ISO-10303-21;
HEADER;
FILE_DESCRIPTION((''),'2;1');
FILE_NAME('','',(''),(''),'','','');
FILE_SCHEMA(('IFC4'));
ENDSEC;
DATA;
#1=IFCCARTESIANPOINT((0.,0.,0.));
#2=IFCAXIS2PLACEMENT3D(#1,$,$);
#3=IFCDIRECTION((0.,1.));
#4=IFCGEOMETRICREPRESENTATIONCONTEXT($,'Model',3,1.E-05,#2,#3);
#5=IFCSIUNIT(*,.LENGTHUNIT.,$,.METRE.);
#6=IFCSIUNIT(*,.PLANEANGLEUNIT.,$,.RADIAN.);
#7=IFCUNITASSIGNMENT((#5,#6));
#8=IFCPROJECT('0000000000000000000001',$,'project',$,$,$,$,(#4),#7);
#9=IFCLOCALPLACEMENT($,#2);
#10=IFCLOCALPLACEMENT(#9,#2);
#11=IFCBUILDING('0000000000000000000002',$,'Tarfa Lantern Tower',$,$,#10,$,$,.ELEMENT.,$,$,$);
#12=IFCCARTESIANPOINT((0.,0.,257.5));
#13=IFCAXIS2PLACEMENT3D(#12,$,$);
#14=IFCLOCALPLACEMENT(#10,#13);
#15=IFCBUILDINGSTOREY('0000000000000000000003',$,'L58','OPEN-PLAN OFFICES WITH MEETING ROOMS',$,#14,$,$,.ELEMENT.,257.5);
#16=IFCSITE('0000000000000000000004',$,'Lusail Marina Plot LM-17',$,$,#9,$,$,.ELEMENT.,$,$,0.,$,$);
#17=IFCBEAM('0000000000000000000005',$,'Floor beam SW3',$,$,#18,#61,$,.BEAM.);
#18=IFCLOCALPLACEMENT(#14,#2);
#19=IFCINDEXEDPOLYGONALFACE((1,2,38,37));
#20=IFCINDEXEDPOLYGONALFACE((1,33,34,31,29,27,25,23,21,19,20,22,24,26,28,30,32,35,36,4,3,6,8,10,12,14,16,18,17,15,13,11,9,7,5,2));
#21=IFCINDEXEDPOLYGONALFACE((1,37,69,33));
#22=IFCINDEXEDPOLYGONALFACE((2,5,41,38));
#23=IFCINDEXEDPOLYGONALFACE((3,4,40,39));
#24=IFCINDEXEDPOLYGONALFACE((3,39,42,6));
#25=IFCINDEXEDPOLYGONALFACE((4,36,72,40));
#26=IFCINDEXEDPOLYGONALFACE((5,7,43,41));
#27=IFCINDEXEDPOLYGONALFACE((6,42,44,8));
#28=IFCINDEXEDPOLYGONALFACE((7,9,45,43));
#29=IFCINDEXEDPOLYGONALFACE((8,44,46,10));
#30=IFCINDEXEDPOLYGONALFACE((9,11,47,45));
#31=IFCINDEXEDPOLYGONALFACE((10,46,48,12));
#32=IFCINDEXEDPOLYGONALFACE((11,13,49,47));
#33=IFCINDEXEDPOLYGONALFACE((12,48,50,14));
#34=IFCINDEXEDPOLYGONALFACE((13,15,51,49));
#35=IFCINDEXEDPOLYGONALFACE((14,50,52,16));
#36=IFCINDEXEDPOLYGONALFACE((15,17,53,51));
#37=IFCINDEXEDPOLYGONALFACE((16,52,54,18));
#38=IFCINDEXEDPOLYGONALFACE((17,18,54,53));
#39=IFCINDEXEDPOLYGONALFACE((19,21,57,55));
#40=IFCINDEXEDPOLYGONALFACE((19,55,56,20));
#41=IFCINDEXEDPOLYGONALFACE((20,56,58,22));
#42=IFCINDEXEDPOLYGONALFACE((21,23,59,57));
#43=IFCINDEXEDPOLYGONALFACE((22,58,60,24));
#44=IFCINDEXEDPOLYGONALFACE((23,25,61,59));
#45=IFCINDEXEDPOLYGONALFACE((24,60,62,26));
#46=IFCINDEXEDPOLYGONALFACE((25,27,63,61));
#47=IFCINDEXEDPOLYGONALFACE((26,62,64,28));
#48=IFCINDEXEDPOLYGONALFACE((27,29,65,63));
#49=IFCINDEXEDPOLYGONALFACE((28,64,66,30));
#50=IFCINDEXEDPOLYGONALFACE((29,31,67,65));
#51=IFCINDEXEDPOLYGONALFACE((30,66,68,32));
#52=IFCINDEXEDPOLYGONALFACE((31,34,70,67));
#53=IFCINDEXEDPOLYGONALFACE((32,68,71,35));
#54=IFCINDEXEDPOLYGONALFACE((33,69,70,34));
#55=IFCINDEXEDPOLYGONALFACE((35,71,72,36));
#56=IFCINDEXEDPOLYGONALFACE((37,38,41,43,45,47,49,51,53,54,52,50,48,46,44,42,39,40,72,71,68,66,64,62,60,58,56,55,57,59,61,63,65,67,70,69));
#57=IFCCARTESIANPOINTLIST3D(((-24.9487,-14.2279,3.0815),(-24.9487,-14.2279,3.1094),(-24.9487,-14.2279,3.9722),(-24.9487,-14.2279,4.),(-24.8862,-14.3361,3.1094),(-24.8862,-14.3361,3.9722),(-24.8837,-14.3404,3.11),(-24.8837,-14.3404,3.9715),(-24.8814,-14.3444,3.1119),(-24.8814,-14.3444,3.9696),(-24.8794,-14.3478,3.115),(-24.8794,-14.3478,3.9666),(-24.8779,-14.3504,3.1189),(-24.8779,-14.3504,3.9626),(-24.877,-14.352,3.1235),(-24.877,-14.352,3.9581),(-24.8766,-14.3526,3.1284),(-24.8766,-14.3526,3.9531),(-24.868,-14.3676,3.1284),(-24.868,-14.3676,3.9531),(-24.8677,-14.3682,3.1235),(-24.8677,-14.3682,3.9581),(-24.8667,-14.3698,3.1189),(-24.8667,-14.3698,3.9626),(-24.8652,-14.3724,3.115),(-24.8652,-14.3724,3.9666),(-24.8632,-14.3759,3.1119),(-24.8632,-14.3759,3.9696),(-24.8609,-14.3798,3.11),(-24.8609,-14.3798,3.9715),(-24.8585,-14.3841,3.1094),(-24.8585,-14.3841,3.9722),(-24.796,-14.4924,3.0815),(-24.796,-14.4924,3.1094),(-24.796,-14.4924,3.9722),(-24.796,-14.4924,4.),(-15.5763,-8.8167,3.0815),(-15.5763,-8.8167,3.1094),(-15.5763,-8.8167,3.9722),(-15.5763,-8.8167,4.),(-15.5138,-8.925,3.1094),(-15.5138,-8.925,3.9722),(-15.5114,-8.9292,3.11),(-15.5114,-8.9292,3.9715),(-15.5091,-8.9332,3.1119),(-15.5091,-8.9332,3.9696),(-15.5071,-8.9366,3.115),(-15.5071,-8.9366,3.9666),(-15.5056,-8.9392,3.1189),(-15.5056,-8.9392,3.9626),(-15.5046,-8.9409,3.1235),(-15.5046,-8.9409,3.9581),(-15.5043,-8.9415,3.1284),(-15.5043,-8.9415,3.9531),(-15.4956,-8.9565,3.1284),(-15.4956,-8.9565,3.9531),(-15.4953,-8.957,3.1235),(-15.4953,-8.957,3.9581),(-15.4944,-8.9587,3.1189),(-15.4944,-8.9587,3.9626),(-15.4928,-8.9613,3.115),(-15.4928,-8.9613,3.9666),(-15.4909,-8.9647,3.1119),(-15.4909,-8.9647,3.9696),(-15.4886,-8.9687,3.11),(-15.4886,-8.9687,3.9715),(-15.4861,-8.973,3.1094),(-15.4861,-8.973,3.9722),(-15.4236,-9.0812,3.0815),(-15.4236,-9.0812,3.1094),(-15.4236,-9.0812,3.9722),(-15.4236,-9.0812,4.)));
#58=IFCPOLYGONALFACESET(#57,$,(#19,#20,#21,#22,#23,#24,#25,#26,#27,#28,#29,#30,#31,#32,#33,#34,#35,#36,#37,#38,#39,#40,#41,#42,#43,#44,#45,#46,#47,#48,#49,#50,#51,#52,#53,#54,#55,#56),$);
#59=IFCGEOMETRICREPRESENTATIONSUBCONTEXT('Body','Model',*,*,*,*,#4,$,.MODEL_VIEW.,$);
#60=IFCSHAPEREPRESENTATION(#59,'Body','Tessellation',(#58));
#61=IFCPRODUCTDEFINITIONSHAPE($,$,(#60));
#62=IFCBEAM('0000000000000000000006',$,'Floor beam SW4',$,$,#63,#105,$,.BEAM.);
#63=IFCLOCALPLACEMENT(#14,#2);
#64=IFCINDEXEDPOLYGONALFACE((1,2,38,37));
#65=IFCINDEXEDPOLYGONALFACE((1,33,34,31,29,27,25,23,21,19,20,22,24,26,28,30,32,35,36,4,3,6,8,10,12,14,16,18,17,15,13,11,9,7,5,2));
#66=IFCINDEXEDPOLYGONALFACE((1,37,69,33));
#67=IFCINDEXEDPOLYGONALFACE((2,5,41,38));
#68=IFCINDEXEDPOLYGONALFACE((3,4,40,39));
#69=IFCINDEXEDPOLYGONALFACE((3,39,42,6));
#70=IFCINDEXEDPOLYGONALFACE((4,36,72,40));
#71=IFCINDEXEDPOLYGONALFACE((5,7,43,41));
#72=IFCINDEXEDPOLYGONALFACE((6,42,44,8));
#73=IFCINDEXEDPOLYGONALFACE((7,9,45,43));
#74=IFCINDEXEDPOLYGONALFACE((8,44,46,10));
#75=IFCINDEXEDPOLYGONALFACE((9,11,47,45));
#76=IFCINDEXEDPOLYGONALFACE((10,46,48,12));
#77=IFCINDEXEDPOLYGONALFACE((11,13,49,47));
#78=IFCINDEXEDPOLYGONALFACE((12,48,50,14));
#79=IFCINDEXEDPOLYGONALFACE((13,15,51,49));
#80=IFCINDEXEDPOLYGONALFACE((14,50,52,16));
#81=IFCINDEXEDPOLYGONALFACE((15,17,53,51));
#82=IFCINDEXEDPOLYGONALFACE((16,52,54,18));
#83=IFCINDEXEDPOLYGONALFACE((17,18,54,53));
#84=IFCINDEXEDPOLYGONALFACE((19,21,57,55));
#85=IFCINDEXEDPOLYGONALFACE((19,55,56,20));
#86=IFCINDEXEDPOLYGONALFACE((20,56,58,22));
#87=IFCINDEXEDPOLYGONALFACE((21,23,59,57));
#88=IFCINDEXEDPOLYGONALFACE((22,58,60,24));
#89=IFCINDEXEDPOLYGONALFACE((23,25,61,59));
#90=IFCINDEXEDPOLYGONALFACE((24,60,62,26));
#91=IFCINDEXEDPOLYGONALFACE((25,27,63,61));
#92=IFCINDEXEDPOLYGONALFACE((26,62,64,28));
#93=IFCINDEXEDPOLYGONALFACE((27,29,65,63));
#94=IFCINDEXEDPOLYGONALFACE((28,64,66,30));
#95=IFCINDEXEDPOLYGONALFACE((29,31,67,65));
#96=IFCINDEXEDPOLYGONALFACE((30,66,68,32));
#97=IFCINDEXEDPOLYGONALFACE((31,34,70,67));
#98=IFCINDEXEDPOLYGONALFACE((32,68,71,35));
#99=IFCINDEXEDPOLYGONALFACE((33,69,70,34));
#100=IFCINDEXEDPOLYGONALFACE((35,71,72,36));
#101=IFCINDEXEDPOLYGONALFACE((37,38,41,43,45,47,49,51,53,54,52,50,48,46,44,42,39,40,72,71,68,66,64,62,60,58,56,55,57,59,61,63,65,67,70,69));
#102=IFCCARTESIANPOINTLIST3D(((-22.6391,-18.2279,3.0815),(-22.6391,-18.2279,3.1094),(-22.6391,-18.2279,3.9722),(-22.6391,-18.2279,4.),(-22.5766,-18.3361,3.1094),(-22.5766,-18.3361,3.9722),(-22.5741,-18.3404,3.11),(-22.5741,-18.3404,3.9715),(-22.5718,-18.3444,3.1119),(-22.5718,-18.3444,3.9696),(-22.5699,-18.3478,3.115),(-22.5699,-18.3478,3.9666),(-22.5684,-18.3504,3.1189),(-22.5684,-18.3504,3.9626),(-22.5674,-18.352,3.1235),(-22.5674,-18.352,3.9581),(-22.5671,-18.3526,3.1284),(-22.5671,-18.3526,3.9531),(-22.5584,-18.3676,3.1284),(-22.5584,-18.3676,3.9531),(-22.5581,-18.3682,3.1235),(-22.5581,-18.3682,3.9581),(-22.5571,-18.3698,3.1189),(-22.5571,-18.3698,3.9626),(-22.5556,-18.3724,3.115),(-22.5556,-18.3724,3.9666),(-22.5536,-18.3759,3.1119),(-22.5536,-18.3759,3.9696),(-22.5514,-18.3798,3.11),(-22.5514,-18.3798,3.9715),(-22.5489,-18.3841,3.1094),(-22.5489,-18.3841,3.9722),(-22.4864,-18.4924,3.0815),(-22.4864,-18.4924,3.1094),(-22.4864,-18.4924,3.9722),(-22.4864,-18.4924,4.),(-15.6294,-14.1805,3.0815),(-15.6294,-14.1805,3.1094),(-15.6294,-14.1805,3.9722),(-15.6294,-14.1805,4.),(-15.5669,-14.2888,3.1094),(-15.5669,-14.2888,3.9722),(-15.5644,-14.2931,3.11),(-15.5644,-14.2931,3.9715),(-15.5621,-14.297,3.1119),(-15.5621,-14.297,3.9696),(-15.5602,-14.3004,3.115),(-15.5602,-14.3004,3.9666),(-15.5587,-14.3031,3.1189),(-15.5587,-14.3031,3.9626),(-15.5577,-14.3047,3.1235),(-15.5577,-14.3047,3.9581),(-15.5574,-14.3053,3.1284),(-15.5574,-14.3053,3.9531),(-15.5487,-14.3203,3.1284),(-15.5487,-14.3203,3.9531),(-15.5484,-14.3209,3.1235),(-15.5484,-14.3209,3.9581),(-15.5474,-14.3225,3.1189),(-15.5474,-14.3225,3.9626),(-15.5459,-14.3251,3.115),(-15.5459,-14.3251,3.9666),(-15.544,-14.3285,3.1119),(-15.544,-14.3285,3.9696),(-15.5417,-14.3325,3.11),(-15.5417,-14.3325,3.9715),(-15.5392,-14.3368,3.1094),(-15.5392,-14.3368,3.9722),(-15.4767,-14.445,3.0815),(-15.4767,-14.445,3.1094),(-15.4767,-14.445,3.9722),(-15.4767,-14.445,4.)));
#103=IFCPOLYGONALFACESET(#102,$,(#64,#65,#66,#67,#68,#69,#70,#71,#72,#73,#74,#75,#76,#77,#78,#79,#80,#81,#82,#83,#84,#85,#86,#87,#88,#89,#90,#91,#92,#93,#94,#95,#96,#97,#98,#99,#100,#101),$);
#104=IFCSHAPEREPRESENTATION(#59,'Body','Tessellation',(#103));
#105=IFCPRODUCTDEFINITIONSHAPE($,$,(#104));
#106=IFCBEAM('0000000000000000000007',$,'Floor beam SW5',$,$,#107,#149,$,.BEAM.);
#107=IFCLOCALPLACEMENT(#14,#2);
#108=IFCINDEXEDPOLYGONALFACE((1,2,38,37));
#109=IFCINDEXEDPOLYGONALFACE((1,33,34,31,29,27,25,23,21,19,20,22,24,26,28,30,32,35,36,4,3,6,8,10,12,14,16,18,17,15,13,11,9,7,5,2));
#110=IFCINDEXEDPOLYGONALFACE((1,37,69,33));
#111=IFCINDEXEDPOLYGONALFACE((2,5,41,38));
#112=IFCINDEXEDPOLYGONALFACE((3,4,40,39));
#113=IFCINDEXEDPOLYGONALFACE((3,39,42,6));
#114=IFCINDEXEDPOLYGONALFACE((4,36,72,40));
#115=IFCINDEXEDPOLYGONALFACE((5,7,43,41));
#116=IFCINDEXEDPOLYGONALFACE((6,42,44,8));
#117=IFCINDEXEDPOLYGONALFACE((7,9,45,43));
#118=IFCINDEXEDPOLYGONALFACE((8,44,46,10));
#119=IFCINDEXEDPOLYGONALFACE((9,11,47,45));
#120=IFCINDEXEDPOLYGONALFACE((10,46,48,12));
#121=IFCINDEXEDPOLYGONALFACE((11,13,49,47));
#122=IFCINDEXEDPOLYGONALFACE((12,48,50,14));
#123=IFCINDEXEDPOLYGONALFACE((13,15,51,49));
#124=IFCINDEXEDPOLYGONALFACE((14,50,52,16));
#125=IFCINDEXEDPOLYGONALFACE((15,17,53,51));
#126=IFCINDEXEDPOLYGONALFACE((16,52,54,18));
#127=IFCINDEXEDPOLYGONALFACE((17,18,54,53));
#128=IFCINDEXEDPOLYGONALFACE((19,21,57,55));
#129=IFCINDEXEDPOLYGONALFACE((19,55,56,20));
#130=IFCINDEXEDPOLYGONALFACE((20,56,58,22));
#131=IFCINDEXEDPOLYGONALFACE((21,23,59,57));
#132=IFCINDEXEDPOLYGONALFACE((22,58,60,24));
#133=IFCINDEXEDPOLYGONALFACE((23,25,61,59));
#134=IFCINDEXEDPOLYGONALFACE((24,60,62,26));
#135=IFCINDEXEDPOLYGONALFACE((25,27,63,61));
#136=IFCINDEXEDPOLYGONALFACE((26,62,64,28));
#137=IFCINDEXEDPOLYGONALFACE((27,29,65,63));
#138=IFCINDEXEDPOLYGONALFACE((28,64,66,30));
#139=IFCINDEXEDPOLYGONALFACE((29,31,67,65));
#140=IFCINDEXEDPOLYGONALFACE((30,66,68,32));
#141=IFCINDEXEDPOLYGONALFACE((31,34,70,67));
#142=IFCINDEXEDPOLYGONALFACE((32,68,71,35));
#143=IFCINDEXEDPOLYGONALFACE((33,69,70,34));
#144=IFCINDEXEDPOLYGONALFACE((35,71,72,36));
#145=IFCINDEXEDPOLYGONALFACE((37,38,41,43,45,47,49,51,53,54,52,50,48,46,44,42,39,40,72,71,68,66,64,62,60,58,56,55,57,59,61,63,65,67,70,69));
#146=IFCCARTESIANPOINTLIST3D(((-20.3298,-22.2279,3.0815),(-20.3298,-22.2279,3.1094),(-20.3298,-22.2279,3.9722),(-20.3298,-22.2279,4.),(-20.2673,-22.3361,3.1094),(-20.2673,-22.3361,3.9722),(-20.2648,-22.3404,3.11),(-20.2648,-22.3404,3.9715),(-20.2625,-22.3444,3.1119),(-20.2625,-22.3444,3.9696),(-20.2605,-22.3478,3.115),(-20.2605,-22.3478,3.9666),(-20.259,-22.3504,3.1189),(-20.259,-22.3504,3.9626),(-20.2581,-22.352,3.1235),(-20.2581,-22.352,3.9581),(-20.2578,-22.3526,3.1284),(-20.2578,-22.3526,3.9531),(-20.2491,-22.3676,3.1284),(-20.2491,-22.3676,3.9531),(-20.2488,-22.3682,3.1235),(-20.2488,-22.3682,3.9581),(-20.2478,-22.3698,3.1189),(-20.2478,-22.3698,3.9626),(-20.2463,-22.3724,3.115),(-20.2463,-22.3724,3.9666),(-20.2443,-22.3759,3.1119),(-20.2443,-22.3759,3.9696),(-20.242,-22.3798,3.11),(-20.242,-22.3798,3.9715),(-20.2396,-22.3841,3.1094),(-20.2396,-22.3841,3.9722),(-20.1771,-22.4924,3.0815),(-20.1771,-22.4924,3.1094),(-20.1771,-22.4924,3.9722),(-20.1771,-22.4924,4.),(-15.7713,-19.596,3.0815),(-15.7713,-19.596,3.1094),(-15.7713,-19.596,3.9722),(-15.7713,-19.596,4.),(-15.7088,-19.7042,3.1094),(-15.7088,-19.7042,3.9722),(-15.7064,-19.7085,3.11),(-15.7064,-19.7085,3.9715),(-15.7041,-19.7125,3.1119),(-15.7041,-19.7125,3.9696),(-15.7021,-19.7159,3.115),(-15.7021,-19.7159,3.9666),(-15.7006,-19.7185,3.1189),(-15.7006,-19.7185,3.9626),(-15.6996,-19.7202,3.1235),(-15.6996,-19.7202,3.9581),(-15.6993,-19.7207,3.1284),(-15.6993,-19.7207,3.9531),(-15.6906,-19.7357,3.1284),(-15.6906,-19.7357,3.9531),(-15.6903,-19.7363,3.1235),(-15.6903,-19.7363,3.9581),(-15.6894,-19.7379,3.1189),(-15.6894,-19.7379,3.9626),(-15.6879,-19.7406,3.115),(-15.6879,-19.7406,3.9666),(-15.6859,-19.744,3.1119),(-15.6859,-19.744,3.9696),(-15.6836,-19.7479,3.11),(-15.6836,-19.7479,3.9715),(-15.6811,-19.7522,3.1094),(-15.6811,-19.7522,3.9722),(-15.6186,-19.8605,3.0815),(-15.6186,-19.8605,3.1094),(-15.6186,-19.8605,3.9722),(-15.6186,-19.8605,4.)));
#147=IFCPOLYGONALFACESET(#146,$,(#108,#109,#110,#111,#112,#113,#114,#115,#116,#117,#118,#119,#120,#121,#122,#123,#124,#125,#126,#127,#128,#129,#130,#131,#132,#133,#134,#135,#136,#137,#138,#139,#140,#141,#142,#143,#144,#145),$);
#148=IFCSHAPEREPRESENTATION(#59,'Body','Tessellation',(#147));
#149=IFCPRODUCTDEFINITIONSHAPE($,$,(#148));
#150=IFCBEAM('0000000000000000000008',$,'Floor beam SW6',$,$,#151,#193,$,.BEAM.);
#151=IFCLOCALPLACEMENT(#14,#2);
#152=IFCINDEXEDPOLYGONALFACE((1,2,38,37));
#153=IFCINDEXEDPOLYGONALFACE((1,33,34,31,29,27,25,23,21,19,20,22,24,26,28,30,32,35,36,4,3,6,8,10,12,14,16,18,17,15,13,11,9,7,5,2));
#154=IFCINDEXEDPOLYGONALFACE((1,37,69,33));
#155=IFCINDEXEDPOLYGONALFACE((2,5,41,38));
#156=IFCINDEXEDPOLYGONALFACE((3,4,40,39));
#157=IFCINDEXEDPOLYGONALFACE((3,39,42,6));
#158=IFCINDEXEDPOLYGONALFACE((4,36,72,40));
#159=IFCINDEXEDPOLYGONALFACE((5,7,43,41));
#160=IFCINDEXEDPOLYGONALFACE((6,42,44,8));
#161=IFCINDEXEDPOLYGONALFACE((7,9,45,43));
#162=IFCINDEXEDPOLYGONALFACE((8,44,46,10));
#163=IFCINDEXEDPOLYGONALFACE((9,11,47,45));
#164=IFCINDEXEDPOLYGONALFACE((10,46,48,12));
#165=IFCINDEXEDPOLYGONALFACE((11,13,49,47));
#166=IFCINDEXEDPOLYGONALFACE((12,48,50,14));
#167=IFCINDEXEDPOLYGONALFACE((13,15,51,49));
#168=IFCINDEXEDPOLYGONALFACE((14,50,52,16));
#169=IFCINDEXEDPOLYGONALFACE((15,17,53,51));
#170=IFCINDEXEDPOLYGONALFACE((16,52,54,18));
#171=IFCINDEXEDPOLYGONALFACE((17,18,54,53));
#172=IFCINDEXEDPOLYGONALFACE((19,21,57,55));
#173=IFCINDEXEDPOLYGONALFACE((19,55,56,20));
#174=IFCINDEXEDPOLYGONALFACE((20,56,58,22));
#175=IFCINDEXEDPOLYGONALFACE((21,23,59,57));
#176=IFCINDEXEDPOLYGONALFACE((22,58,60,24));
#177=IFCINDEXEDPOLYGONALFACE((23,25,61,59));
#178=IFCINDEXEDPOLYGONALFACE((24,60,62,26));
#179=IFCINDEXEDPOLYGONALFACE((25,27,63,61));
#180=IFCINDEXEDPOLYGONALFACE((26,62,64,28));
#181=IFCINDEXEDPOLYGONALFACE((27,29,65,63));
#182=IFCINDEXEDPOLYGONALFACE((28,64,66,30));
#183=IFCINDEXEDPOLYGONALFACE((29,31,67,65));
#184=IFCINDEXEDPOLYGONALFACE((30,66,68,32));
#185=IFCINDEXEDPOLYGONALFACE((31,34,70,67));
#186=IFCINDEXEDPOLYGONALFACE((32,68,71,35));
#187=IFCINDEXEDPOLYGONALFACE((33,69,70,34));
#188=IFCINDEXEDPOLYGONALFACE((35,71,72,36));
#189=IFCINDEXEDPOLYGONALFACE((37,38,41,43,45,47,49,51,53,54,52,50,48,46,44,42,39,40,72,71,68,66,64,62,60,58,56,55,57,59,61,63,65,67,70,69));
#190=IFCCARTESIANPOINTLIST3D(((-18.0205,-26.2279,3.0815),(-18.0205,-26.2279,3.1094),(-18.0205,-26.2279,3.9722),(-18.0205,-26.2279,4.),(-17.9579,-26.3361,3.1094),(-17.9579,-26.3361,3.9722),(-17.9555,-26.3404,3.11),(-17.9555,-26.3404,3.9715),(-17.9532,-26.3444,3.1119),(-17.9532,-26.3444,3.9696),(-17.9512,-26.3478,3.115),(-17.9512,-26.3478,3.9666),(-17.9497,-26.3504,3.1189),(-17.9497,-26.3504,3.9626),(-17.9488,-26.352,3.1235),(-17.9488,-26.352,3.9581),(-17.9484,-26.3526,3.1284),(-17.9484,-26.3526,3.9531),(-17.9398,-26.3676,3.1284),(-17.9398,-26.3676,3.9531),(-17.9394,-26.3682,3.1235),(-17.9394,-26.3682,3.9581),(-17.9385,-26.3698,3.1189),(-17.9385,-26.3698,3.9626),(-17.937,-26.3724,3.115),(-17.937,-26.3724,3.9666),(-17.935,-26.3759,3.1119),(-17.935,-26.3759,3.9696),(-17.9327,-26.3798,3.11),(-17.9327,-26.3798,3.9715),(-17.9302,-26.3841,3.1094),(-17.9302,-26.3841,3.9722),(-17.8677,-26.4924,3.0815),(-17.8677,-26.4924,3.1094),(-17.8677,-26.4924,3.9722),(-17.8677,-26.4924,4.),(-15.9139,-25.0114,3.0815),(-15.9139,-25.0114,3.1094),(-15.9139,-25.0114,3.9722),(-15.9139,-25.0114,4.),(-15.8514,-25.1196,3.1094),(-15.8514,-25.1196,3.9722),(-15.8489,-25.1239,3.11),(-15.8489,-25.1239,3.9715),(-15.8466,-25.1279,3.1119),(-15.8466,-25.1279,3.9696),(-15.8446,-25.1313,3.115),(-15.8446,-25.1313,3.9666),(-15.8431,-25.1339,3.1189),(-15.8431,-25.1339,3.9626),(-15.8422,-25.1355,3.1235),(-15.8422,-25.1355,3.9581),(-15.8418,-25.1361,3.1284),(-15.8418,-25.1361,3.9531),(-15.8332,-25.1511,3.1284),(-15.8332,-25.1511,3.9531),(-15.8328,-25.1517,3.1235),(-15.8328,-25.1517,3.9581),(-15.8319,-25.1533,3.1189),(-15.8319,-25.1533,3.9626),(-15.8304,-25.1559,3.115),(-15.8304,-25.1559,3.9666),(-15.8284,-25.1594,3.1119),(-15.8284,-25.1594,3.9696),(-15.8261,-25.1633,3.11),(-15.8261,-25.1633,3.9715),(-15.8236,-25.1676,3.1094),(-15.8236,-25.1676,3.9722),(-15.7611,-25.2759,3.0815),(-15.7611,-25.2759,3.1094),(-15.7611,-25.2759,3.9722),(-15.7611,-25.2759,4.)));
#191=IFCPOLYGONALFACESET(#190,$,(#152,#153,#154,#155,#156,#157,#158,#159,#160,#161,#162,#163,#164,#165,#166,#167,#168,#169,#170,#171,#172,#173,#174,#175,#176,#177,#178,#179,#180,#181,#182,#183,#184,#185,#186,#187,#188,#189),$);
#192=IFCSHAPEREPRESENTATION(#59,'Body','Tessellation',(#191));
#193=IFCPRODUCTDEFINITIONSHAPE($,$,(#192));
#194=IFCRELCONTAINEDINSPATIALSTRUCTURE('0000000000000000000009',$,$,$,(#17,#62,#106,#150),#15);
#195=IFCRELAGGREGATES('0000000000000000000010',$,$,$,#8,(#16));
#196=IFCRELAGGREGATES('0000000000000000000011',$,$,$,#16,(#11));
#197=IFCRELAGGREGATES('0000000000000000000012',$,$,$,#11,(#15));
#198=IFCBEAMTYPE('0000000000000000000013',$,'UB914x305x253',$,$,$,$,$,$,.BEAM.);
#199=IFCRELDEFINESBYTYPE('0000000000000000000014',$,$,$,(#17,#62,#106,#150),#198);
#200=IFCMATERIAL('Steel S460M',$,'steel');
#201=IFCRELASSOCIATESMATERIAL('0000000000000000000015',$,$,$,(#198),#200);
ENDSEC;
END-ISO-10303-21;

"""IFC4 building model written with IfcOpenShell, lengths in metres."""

from ifc_helpers import new_model, si_unit, direction, frame, origin, origin_2d, place, context, subcontext, project, spatial, i_section, extrude, material, material_profile, profile_set, type_object, element, save


model = new_model("IFC4")

# Units and contexts
model_context = context("Model", 3, precision=1e-05, world=origin(), true_north=direction((0.0, 1.0)))
body_context = subcontext(model_context, "Body", "Model", "MODEL_VIEW")
ifc_project = project(units=[si_unit("LENGTHUNIT", "METRE"), si_unit("PLANEANGLEUNIT", "RADIAN")], contexts=[model_context])

# Site, building, storey
site_placement = place(None, origin())
site = spatial("IfcSite", under=ifc_project, at=site_placement, Name="Lusail Marina Plot LM-17", CompositionType="ELEMENT", RefElevation=0.0)
building_placement = place(site_placement, origin())
building = spatial("IfcBuilding", under=site, at=building_placement, Name="Tarfa Lantern Tower", CompositionType="ELEMENT")
storey_placement = place(building_placement, frame((0.0, 0.0, 257.5)))
storey = spatial("IfcBuildingStorey", under=building, at=storey_placement, Name="L58", Description="OPEN-PLAN OFFICES WITH MEETING ROOMS", CompositionType="ELEMENT", Elevation=257.5)

# Beams
ifc_material_1 = material(Name="Steel S460M", Category="steel")
ifc_material_profile_1 = material_profile(ifc_material_1, i_section(OverallWidth=0.3054, OverallDepth=0.9185, WebThickness=0.0173, FlangeThickness=0.0278, FilletRadius=0.019, at=origin_2d()), Name="UB914x305x253")
ifc_profile_set_1 = profile_set([ifc_material_profile_1], Name="Steel S460M")
beam_type_1 = type_object("IfcBeamType", Name="UB914x305x253", PredefinedType="BEAM", material=ifc_profile_set_1)
beam_1_placement = place(storey_placement, frame((-24.8723, -14.3601, 3.5408), z_axis=(0.866024, 0.500002, 0.0), x_axis=(-0.500002, 0.866024, 0.0)))
element("IfcBeam", 1, at=beam_1_placement, inside=storey, type_object=beam_type_1, Name="Floor beam SW3", PredefinedType="BEAM", context=body_context, shape_type="SweptSolid", body=[
    extrude(i_section(OverallWidth=0.3054, OverallDepth=0.9185, WebThickness=0.0173, FlangeThickness=0.0278, FilletRadius=0.019, at=origin_2d()), origin(), (0.0, 0.0, 1.0), 10.8223),
])
beam_2_placement = place(storey_placement, frame((-22.5627, -18.3601, 3.5408), z_axis=(0.866011, 0.500025, 0.0), x_axis=(-0.500025, 0.866011, 0.0)))
element("IfcBeam", 2, at=beam_2_placement, inside=storey, type_object=beam_type_1, Name="Floor beam SW4", PredefinedType="BEAM", context=body_context, shape_type="SweptSolid", body=[
    extrude(i_section(OverallWidth=0.3054, OverallDepth=0.9185, WebThickness=0.0173, FlangeThickness=0.0278, FilletRadius=0.019, at=origin_2d()), origin(), (0.0, 0.0, 1.0), 8.0942),
])
beam_3_placement = place(storey_placement, frame((-20.2534, -22.3601, 3.5408), z_axis=(0.86602, 0.50001, 0.0), x_axis=(-0.50001, 0.86602, 0.0)))
element("IfcBeam", 3, at=beam_3_placement, inside=storey, type_object=beam_type_1, Name="Floor beam SW5", PredefinedType="BEAM", context=body_context, shape_type="SweptSolid", body=[
    extrude(i_section(OverallWidth=0.3054, OverallDepth=0.9185, WebThickness=0.0173, FlangeThickness=0.0278, FilletRadius=0.019, at=origin_2d()), origin(), (0.0, 0.0, 1.0), 5.2637),
])
beam_4_placement = place(storey_placement, frame((-17.9441, -26.3601, 3.5408), z_axis=(0.86598, 0.500079, 0.0), x_axis=(-0.500079, 0.86598, 0.0)))
element("IfcBeam", 4, at=beam_4_placement, inside=storey, type_object=beam_type_1, Name="Floor beam SW6", PredefinedType="BEAM", context=body_context, shape_type="SweptSolid", body=[
    extrude(i_section(OverallWidth=0.3054, OverallDepth=0.9185, WebThickness=0.0173, FlangeThickness=0.0278, FilletRadius=0.019, at=origin_2d()), origin(), (0.0, 0.0, 1.0), 2.4326),
])

save(model, "model.ifc")
